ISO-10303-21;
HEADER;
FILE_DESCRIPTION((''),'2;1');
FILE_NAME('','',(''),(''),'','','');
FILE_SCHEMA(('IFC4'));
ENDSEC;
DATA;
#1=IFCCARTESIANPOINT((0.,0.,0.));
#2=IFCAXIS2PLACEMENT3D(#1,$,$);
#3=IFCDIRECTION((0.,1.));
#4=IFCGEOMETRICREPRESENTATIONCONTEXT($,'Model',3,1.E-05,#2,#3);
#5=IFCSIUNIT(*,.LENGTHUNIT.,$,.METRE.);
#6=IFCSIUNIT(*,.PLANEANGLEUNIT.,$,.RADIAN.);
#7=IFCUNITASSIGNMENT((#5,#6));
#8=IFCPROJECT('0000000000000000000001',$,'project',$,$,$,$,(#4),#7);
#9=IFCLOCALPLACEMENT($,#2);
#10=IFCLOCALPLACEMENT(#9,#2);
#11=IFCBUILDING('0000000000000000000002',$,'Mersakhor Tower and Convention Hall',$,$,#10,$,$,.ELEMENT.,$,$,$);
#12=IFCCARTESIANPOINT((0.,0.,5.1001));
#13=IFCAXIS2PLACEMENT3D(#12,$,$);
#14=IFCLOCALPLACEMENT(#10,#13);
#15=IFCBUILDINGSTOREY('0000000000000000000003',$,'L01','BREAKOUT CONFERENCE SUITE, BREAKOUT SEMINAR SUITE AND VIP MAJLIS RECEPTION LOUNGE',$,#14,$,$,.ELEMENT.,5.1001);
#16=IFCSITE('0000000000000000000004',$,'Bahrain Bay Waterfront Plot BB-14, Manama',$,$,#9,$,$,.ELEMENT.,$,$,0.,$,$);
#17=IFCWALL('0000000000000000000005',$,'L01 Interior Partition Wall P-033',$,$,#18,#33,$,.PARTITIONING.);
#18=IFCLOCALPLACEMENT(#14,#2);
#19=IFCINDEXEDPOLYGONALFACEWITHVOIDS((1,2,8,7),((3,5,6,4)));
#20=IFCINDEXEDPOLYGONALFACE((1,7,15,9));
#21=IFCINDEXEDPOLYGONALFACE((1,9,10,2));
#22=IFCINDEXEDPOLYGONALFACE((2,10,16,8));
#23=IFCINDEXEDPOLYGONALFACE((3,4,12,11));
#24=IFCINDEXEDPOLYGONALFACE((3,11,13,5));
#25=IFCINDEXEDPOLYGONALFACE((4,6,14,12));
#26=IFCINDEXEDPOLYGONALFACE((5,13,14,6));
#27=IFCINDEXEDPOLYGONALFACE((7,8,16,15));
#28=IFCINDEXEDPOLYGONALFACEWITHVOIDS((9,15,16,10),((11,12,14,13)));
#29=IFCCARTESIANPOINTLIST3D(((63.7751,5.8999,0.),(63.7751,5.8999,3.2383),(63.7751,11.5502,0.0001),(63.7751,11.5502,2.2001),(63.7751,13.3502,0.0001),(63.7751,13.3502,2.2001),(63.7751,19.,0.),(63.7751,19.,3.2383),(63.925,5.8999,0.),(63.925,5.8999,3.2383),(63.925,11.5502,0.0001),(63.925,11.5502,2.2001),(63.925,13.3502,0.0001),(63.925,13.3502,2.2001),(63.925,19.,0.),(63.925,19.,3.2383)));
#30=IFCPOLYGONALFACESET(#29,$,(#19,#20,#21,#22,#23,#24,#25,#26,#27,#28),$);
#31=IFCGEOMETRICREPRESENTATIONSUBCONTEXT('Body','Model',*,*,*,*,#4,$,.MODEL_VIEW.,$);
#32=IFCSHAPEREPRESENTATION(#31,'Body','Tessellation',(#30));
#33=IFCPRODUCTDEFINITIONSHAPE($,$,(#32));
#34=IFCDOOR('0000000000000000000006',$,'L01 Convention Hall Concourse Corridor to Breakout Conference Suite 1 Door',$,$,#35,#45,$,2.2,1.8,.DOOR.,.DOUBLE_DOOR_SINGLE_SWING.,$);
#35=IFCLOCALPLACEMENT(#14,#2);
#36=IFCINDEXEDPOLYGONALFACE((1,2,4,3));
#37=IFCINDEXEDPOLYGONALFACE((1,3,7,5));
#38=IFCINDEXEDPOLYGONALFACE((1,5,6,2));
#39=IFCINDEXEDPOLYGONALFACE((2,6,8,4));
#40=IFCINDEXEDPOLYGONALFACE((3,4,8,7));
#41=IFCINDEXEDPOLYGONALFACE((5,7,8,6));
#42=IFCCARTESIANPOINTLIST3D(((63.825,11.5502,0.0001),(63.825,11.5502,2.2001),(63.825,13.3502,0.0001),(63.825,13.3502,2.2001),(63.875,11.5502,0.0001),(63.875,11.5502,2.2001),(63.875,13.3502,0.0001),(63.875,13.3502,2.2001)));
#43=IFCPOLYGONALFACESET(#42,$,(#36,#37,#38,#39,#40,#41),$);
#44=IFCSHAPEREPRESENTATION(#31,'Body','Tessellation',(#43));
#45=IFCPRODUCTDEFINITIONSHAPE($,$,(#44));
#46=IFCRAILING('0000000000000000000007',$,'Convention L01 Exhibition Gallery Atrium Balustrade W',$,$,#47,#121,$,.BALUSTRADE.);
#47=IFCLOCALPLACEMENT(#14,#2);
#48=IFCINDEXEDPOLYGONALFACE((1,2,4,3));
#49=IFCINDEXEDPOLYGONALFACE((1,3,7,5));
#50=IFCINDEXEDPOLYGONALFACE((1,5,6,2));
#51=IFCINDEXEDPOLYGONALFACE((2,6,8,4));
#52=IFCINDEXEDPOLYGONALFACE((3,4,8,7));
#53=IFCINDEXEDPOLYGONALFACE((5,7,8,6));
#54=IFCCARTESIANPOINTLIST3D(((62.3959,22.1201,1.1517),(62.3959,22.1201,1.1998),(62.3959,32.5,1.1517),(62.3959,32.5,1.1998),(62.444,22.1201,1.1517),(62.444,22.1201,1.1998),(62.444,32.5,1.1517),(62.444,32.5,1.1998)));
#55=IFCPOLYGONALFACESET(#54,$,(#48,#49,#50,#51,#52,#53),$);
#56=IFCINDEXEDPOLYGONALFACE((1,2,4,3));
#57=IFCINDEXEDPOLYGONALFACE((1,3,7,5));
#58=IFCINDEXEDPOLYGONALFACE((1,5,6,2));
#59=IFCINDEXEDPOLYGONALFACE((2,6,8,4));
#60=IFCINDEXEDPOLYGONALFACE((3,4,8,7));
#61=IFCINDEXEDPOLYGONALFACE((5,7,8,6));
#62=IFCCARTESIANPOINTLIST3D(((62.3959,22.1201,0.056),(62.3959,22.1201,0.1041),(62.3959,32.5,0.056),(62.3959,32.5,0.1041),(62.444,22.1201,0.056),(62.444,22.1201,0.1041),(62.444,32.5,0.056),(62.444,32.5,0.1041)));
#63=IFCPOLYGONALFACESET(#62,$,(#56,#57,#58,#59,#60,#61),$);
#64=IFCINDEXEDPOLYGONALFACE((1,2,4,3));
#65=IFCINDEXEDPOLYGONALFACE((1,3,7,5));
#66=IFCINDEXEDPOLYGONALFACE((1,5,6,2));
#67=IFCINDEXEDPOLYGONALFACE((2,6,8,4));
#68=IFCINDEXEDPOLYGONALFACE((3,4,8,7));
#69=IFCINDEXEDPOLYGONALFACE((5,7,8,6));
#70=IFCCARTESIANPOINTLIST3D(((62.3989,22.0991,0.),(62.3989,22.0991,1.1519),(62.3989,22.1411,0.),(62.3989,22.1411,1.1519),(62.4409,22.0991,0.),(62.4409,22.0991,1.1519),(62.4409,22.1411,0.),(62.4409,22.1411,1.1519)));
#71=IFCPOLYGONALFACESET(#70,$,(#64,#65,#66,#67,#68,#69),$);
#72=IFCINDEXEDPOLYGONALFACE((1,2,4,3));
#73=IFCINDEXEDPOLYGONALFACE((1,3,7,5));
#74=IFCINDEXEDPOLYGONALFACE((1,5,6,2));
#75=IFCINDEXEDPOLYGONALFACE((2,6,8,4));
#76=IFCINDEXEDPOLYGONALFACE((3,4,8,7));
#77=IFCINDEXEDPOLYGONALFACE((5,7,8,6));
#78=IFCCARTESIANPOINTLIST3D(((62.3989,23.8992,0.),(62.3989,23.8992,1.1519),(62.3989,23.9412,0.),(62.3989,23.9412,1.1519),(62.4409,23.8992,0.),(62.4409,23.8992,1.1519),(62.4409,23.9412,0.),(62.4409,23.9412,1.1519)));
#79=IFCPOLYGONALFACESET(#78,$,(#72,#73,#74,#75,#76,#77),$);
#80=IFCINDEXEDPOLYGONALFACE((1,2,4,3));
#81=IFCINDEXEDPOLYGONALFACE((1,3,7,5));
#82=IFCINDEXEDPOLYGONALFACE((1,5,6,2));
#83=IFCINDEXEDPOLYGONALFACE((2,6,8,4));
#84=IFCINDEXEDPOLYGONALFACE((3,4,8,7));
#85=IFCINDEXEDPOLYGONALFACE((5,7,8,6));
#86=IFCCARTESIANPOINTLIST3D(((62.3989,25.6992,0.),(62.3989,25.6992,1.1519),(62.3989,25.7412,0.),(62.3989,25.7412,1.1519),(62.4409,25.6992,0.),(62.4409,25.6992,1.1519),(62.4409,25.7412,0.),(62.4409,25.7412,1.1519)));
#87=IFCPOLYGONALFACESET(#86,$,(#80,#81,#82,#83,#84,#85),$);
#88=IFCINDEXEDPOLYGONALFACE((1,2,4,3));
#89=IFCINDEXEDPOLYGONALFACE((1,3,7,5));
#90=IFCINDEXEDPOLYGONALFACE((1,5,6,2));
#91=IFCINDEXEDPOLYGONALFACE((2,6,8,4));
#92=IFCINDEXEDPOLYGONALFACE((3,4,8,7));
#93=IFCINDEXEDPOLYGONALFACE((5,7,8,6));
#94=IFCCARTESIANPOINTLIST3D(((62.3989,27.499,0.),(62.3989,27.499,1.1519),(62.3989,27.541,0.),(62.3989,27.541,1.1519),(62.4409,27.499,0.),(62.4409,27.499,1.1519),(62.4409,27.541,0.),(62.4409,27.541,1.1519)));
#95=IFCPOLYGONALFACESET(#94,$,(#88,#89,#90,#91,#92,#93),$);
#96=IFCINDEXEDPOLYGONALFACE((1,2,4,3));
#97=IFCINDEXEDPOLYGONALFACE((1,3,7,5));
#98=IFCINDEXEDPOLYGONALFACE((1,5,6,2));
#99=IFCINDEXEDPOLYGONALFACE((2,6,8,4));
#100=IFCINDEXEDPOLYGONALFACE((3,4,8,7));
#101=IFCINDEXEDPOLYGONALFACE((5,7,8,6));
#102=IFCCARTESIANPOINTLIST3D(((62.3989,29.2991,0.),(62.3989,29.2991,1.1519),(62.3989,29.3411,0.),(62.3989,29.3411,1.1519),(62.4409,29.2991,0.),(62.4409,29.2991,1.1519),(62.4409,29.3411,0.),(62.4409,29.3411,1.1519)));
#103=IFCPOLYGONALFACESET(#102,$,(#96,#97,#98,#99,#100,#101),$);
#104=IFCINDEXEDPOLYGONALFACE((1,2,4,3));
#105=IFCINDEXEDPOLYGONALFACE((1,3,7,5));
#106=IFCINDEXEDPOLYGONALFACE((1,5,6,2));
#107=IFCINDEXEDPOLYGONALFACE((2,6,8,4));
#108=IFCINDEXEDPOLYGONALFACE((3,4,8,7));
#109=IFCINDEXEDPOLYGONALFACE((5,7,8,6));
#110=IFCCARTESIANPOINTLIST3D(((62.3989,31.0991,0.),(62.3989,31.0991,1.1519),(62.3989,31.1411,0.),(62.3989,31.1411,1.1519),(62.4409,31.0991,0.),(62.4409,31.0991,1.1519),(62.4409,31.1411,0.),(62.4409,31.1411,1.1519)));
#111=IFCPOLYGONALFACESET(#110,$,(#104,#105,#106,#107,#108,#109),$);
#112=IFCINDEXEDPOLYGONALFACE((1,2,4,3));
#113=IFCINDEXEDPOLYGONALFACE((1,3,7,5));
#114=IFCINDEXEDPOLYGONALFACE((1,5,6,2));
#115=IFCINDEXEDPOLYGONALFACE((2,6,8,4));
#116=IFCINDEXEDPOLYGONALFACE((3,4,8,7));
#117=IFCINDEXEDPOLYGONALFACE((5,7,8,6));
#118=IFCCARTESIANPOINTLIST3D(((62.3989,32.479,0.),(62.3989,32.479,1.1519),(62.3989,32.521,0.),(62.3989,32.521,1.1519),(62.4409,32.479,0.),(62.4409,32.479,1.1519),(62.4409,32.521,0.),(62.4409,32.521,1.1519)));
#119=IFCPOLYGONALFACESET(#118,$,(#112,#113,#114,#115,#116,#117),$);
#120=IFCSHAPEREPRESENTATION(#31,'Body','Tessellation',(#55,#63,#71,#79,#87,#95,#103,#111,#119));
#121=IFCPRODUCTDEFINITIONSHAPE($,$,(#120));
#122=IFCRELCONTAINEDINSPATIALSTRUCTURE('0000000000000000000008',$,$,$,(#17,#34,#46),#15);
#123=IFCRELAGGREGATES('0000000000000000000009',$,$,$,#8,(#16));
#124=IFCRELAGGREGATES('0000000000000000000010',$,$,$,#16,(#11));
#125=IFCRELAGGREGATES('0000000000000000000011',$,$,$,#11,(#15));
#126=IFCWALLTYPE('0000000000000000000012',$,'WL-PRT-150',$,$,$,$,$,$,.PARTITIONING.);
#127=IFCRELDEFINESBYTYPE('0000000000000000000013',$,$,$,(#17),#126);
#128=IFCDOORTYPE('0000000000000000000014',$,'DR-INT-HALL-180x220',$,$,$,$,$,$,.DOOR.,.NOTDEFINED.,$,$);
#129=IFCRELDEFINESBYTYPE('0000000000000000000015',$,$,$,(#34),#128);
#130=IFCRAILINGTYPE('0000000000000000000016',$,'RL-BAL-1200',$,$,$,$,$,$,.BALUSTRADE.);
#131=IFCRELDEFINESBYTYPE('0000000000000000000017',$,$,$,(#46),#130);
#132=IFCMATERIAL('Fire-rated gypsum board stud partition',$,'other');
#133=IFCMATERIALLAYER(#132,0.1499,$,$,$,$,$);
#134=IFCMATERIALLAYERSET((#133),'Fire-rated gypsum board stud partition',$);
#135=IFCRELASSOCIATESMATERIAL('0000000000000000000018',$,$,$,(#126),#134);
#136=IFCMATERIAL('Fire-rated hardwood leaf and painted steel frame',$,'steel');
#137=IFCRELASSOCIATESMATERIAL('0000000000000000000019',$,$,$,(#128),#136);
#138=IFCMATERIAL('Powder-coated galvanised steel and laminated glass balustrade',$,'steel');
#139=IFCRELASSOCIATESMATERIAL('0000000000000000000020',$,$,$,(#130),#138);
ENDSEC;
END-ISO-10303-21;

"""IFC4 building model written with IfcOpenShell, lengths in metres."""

from ifc_helpers import new_model, si_unit, direction, frame, frame_2d, origin, origin_2d, place, context, subcontext, project, spatial, rectangle, extrude, material, layer, layer_set, type_object, element, fill, save


model = new_model("IFC4")

# Units and contexts
model_context = context("Model", 3, precision=1e-05, world=origin(), true_north=direction((0.0, 1.0)))
body_context = subcontext(model_context, "Body", "Model", "MODEL_VIEW")
ifc_project = project(units=[si_unit("LENGTHUNIT", "METRE"), si_unit("PLANEANGLEUNIT", "RADIAN")], contexts=[model_context])

# Site, building, storey
site_placement = place(None, origin())
site = spatial("IfcSite", under=ifc_project, at=site_placement, Name="Bahrain Bay Waterfront Plot BB-14, Manama", CompositionType="ELEMENT", RefElevation=0.0)
building_placement = place(site_placement, origin())
building = spatial("IfcBuilding", under=site, at=building_placement, Name="Mersakhor Tower and Convention Hall", CompositionType="ELEMENT")
storey_placement = place(building_placement, frame((0.0, 0.0, 5.1001)))
storey = spatial("IfcBuildingStorey", under=building, at=storey_placement, Name="L01", Description="BREAKOUT CONFERENCE SUITE, BREAKOUT SEMINAR SUITE AND VIP MAJLIS RECEPTION LOUNGE", CompositionType="ELEMENT", Elevation=5.1001)

# Shared definitions
ifc_material_1 = material(Name="Fire-rated gypsum board stud partition", Category="other")
ifc_layer_1 = layer(ifc_material_1, 0.1499)
ifc_layer_set_1 = layer_set([ifc_layer_1], Name="Fire-rated gypsum board stud partition")
wall_type_1 = type_object("IfcWallType", Name="WL-PRT-150", PredefinedType="PARTITIONING", material=ifc_layer_set_1)

# Wall, opening, door
wall_1_placement = place(storey_placement, frame((63.8501, 19.0, 0.0), z_axis=(0.0, 0.0, 1.0), x_axis=(0.0, -1.0, 0.0)))
wall_1 = element("IfcWall", 1, at=wall_1_placement, inside=storey, type_object=wall_type_1, Name="L01 Interior Partition Wall P-033", PredefinedType="PARTITIONING", context=body_context, shape_type="SweptSolid", body=[
    extrude(rectangle(XDim=13.1001, YDim=0.1499, at=frame_2d((6.55, 0.0))), origin(), (0.0, 0.0, 1.0), 3.2383),
])
opening_1_placement = place(wall_1_placement, frame((5.6499, 0.0, 0.0)))
opening_1 = element("IfcOpeningElement", 2, at=opening_1_placement, cuts=wall_1, PredefinedType="OPENING", context=body_context, shape_type="SweptSolid", body=[
    extrude(rectangle(XDim=1.8, YDim=2.2, at=frame_2d((0.8999, 1.1001))), frame((0.0, 0.085, 0.0), z_axis=(0.0, -1.0, 0.0), x_axis=(1.0, 0.0, 0.0)), (0.0, 0.0, 1.0), 0.1699),
])
ifc_material_2 = material(Name="Fire-rated hardwood leaf and painted steel frame", Category="steel")
door_type_1 = type_object("IfcDoorType", Name="DR-INT-HALL-180x220", OperationType="NOTDEFINED", PredefinedType="DOOR", material=ifc_material_2)
door_1_placement = place(opening_1_placement, origin())
door_1 = element("IfcDoor", 3, at=door_1_placement, inside=storey, type_object=door_type_1, Name="L01 Convention Hall Concourse Corridor to Breakout Conference Suite 1 Door", OperationType="DOUBLE_DOOR_SINGLE_SWING", OverallHeight=2.2, OverallWidth=1.8, PredefinedType="DOOR", context=body_context, shape_type="SweptSolid", body=[
    extrude(rectangle(XDim=1.8, YDim=2.2, at=frame_2d((0.8999, 1.1001))), frame((0.0, 0.0249, 0.0), z_axis=(0.0, -1.0, 0.0), x_axis=(1.0, 0.0, 0.0)), (0.0, 0.0, 1.0), 0.05),
])
fill(opening_1, door_1)

# Railing
ifc_material_3 = material(Name="Powder-coated galvanised steel and laminated glass balustrade", Category="steel")
railing_type = type_object("IfcRailingType", Name="RL-BAL-1200", PredefinedType="BALUSTRADE", material=ifc_material_3)
railing_placement = place(storey_placement, frame((62.4199, 22.1201, 0.0)))
element("IfcRailing", 4, at=railing_placement, inside=storey, type_object=railing_type, Name="Convention L01 Exhibition Gallery Atrium Balustrade W", PredefinedType="BALUSTRADE", context=body_context, shape_type="SweptSolid", body=[
    extrude(rectangle(XDim=0.0481, YDim=0.0481, at=origin_2d()), frame((0.0, 0.0, 1.1758), z_axis=(0.0, 1.0, 0.0), x_axis=(-1.0, 0.0, 0.0)), (0.0, 0.0, 1.0), 10.3799),
    extrude(rectangle(XDim=0.0481, YDim=0.0481, at=origin_2d()), frame((0.0, 0.0, 0.0801), z_axis=(0.0, 1.0, 0.0), x_axis=(-1.0, 0.0, 0.0)), (0.0, 0.0, 1.0), 10.3799),
    extrude(rectangle(XDim=0.042, YDim=0.042, at=origin_2d()), origin(), (0.0, 0.0, 1.0), 1.1519),
    extrude(rectangle(XDim=0.042, YDim=0.042, at=origin_2d()), frame((0.0, 1.8, 0.0)), (0.0, 0.0, 1.0), 1.1519),
    extrude(rectangle(XDim=0.042, YDim=0.042, at=origin_2d()), frame((0.0, 3.6001, 0.0)), (0.0, 0.0, 1.0), 1.1519),
    extrude(rectangle(XDim=0.042, YDim=0.042, at=origin_2d()), frame((0.0, 5.3999, 0.0)), (0.0, 0.0, 1.0), 1.1519),
    extrude(rectangle(XDim=0.042, YDim=0.042, at=origin_2d()), frame((0.0, 7.2, 0.0)), (0.0, 0.0, 1.0), 1.1519),
    extrude(rectangle(XDim=0.042, YDim=0.042, at=origin_2d()), frame((0.0, 9.0, 0.0)), (0.0, 0.0, 1.0), 1.1519),
    extrude(rectangle(XDim=0.042, YDim=0.042, at=origin_2d()), frame((0.0, 10.3799, 0.0)), (0.0, 0.0, 1.0), 1.1519),
])

save(model, "model.ifc")
